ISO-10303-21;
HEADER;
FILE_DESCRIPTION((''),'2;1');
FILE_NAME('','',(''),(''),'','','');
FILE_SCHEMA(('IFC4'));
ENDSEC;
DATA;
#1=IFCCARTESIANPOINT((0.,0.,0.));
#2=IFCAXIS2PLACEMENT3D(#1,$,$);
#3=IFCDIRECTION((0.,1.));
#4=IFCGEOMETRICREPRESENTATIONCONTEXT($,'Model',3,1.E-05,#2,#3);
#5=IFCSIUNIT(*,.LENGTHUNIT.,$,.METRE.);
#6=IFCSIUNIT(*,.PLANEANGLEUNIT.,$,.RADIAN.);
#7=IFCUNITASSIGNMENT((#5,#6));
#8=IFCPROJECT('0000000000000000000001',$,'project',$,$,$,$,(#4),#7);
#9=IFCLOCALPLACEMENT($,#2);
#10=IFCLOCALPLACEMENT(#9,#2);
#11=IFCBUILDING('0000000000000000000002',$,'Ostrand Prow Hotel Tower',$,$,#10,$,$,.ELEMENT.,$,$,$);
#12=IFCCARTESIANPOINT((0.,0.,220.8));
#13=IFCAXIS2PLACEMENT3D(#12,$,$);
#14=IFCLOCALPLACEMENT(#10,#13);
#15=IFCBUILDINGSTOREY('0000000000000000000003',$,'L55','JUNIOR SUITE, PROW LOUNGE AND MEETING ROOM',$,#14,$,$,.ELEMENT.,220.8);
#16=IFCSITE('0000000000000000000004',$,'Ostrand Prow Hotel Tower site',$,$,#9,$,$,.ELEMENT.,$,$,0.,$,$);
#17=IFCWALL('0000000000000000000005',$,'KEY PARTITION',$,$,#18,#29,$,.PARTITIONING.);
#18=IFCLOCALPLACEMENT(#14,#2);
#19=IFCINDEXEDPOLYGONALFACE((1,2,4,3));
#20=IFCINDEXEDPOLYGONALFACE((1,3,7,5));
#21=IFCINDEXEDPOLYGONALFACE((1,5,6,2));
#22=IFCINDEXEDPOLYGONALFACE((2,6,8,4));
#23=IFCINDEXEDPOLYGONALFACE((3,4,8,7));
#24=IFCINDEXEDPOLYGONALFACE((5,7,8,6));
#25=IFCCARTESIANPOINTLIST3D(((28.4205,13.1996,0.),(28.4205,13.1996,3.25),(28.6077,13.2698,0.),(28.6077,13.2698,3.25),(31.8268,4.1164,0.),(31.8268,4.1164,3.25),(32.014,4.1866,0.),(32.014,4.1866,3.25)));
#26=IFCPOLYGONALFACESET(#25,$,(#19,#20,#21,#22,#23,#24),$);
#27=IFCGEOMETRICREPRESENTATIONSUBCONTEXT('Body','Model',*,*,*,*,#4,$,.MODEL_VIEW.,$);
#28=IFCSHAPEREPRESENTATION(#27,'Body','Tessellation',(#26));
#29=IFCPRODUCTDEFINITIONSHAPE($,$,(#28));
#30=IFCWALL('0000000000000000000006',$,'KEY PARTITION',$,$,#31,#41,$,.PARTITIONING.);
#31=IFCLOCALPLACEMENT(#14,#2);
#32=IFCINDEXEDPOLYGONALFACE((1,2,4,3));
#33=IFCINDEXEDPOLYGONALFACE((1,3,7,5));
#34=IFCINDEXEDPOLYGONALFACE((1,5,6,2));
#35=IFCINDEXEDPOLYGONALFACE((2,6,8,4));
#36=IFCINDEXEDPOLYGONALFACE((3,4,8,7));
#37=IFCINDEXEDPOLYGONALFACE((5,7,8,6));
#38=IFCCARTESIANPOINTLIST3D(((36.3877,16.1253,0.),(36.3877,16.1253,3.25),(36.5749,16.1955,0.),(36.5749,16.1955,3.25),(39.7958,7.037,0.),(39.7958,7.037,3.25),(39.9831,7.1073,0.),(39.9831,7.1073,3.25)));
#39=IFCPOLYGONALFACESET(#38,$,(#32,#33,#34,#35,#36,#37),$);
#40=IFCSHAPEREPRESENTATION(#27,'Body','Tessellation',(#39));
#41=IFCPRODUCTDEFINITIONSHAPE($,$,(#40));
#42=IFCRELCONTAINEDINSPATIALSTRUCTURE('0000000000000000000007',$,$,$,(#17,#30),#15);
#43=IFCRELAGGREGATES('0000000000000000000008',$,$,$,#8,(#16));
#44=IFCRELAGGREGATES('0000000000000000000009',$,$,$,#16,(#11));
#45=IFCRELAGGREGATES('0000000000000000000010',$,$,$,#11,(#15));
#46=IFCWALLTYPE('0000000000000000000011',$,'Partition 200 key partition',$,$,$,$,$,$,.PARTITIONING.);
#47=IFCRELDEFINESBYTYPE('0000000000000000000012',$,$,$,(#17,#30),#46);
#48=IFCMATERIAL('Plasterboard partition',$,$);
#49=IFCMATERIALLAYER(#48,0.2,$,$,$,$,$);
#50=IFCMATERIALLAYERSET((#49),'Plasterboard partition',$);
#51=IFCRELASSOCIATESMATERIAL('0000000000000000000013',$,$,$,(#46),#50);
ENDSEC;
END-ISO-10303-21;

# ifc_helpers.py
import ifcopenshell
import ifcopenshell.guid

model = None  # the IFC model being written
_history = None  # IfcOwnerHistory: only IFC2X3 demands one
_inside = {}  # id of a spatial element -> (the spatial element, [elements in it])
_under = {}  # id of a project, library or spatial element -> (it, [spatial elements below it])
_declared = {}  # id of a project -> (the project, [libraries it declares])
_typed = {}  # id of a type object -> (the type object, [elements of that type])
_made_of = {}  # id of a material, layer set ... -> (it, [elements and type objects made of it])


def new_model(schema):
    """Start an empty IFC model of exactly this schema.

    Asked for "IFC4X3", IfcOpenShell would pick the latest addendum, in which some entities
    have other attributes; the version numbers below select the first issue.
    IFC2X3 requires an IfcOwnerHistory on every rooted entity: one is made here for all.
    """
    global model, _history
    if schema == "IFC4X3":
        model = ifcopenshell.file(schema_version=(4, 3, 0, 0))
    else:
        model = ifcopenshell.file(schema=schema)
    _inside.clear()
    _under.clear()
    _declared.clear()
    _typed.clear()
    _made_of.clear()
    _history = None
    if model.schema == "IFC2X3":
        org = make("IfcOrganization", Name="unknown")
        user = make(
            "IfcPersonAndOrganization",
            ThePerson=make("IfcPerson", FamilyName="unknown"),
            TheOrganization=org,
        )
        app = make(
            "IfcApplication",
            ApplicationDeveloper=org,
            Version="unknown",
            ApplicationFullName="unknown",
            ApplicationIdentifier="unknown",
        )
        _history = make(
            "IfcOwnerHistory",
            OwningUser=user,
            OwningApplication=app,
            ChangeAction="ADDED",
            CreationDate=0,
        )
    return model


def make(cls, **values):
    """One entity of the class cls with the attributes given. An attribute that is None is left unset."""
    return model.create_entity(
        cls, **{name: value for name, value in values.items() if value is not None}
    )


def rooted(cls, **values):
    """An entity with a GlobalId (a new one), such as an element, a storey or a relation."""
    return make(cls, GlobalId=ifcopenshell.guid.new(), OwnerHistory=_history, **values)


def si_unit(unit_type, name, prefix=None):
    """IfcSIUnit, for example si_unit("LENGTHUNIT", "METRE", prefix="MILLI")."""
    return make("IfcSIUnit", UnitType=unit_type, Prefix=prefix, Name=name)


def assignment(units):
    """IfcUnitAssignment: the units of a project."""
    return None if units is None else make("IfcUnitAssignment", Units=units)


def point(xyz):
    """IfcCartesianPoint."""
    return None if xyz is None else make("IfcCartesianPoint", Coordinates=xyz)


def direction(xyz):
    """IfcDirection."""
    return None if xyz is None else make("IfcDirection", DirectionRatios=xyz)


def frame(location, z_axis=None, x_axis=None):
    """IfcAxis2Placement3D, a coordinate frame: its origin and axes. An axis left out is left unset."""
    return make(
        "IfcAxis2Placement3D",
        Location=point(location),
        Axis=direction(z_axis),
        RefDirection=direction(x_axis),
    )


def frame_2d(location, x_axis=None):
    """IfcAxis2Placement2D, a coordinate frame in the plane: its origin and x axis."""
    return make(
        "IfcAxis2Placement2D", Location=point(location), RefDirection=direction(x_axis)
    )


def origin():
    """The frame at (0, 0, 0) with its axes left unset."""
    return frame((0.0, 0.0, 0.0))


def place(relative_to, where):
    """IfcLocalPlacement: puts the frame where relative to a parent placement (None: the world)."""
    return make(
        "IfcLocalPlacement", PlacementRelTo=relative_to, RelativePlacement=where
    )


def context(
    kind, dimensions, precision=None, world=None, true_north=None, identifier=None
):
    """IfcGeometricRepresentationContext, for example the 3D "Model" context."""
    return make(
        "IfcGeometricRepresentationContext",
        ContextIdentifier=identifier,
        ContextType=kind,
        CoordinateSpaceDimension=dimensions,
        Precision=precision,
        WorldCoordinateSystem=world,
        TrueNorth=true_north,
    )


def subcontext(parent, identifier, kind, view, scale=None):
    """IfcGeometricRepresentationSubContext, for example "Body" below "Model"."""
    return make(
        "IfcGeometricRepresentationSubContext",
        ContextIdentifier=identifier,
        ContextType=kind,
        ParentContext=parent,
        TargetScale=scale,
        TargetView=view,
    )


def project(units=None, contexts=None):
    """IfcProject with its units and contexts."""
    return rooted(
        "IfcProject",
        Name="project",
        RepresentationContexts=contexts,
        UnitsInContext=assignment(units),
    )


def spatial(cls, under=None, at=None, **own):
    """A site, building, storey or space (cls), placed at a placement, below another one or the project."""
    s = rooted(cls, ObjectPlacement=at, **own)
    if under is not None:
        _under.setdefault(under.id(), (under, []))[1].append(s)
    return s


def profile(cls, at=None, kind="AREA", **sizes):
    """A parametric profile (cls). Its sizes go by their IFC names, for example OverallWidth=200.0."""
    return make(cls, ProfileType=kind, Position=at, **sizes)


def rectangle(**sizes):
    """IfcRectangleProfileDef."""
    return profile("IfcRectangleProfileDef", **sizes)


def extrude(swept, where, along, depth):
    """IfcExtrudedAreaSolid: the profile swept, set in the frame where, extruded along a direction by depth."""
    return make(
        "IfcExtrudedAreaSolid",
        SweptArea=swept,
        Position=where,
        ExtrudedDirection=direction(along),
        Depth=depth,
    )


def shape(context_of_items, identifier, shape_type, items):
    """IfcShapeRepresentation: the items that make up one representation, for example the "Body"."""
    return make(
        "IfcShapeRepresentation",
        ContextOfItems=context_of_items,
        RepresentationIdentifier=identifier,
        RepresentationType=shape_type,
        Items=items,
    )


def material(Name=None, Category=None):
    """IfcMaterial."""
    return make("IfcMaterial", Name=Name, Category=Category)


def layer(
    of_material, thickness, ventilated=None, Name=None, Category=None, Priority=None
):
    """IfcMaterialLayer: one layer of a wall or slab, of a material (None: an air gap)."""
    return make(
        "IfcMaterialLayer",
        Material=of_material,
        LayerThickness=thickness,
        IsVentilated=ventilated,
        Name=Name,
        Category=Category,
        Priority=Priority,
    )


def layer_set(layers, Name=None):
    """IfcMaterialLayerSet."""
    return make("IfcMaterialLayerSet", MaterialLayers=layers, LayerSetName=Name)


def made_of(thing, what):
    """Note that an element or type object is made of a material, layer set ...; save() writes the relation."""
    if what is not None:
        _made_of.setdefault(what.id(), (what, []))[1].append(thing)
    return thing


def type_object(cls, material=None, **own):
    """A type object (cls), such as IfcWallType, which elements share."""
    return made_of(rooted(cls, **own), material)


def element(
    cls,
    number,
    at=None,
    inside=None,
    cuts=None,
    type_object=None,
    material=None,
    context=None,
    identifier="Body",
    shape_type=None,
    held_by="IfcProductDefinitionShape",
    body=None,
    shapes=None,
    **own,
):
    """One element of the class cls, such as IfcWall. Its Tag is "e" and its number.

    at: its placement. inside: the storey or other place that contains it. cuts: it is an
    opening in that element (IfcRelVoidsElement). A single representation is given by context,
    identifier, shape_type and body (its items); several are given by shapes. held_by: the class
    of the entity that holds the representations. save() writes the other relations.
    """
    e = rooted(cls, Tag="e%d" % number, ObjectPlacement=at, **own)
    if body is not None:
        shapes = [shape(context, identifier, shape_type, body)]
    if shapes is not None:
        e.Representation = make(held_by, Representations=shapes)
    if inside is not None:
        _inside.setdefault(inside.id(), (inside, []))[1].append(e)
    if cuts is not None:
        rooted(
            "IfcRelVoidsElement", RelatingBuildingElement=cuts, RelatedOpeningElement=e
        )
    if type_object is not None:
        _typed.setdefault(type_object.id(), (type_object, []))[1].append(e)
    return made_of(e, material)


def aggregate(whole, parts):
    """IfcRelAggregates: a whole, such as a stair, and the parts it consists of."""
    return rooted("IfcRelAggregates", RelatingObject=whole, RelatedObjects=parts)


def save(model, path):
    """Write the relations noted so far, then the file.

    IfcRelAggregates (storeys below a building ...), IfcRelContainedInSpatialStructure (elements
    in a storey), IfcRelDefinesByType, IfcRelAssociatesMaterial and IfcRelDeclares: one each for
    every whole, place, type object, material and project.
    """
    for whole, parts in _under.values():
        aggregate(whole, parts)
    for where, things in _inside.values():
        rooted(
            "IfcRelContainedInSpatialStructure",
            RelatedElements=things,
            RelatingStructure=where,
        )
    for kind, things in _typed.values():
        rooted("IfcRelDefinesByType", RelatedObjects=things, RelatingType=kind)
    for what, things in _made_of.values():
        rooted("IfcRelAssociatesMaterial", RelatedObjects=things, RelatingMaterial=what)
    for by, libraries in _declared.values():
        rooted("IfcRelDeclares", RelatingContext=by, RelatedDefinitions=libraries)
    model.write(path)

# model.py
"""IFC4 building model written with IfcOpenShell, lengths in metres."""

from ifc_helpers import new_model, si_unit, direction, frame, frame_2d, origin, place, context, subcontext, project, spatial, rectangle, extrude, material, layer, layer_set, type_object, element, save


model = new_model("IFC4")

# Units and contexts
model_context = context("Model", 3, precision=1e-05, world=origin(), true_north=direction((0.0, 1.0)))
body_context = subcontext(model_context, "Body", "Model", "MODEL_VIEW")
ifc_project = project(units=[si_unit("LENGTHUNIT", "METRE"), si_unit("PLANEANGLEUNIT", "RADIAN")], contexts=[model_context])

# Site, building, storey
site_placement = place(None, origin())
site = spatial("IfcSite", under=ifc_project, at=site_placement, Name="Ostrand Prow Hotel Tower site", CompositionType="ELEMENT", RefElevation=0.0)
building_placement = place(site_placement, origin())
building = spatial("IfcBuilding", under=site, at=building_placement, Name="Ostrand Prow Hotel Tower", CompositionType="ELEMENT")
storey_placement = place(building_placement, frame((0.0, 0.0, 220.8)))
storey = spatial("IfcBuildingStorey", under=building, at=storey_placement, Name="L55", Description="JUNIOR SUITE, PROW LOUNGE AND MEETING ROOM", CompositionType="ELEMENT", Elevation=220.8)

# Walls
ifc_material_1 = material(Name="Plasterboard partition")
ifc_layer_1 = layer(ifc_material_1, 0.2)
ifc_layer_set_1 = layer_set([ifc_layer_1], Name="Plasterboard partition")
wall_type_1 = type_object("IfcWallType", Name="Partition 200 key partition", PredefinedType="PARTITIONING", material=ifc_layer_set_1)
wall_1_placement = place(storey_placement, frame((31.9204, 4.1514, 0.0), z_axis=(0.0, 0.0, 1.0), x_axis=(-0.351126, 0.936328, 0.0)))
element("IfcWall", 1, at=wall_1_placement, inside=storey, type_object=wall_type_1, Name="KEY PARTITION", PredefinedType="PARTITIONING", context=body_context, shape_type="SweptSolid", body=[
    extrude(rectangle(XDim=9.7009, YDim=0.2, at=frame_2d((4.8506, 0.0))), origin(), (0.0, 0.0, 1.0), 3.25),
])
wall_2_placement = place(storey_placement, frame((39.8894, 7.0723, 0.0), z_axis=(0.0, 0.0, 1.0), x_axis=(-0.351129, 0.936327, 0.0)))
element("IfcWall", 2, at=wall_2_placement, inside=storey, type_object=wall_type_1, Name="KEY PARTITION", PredefinedType="PARTITIONING", context=body_context, shape_type="SweptSolid", body=[
    extrude(rectangle(XDim=9.7063, YDim=0.2, at=frame_2d((4.853, 0.0))), origin(), (0.0, 0.0, 1.0), 3.25),
])

save(model, "model.ifc")
